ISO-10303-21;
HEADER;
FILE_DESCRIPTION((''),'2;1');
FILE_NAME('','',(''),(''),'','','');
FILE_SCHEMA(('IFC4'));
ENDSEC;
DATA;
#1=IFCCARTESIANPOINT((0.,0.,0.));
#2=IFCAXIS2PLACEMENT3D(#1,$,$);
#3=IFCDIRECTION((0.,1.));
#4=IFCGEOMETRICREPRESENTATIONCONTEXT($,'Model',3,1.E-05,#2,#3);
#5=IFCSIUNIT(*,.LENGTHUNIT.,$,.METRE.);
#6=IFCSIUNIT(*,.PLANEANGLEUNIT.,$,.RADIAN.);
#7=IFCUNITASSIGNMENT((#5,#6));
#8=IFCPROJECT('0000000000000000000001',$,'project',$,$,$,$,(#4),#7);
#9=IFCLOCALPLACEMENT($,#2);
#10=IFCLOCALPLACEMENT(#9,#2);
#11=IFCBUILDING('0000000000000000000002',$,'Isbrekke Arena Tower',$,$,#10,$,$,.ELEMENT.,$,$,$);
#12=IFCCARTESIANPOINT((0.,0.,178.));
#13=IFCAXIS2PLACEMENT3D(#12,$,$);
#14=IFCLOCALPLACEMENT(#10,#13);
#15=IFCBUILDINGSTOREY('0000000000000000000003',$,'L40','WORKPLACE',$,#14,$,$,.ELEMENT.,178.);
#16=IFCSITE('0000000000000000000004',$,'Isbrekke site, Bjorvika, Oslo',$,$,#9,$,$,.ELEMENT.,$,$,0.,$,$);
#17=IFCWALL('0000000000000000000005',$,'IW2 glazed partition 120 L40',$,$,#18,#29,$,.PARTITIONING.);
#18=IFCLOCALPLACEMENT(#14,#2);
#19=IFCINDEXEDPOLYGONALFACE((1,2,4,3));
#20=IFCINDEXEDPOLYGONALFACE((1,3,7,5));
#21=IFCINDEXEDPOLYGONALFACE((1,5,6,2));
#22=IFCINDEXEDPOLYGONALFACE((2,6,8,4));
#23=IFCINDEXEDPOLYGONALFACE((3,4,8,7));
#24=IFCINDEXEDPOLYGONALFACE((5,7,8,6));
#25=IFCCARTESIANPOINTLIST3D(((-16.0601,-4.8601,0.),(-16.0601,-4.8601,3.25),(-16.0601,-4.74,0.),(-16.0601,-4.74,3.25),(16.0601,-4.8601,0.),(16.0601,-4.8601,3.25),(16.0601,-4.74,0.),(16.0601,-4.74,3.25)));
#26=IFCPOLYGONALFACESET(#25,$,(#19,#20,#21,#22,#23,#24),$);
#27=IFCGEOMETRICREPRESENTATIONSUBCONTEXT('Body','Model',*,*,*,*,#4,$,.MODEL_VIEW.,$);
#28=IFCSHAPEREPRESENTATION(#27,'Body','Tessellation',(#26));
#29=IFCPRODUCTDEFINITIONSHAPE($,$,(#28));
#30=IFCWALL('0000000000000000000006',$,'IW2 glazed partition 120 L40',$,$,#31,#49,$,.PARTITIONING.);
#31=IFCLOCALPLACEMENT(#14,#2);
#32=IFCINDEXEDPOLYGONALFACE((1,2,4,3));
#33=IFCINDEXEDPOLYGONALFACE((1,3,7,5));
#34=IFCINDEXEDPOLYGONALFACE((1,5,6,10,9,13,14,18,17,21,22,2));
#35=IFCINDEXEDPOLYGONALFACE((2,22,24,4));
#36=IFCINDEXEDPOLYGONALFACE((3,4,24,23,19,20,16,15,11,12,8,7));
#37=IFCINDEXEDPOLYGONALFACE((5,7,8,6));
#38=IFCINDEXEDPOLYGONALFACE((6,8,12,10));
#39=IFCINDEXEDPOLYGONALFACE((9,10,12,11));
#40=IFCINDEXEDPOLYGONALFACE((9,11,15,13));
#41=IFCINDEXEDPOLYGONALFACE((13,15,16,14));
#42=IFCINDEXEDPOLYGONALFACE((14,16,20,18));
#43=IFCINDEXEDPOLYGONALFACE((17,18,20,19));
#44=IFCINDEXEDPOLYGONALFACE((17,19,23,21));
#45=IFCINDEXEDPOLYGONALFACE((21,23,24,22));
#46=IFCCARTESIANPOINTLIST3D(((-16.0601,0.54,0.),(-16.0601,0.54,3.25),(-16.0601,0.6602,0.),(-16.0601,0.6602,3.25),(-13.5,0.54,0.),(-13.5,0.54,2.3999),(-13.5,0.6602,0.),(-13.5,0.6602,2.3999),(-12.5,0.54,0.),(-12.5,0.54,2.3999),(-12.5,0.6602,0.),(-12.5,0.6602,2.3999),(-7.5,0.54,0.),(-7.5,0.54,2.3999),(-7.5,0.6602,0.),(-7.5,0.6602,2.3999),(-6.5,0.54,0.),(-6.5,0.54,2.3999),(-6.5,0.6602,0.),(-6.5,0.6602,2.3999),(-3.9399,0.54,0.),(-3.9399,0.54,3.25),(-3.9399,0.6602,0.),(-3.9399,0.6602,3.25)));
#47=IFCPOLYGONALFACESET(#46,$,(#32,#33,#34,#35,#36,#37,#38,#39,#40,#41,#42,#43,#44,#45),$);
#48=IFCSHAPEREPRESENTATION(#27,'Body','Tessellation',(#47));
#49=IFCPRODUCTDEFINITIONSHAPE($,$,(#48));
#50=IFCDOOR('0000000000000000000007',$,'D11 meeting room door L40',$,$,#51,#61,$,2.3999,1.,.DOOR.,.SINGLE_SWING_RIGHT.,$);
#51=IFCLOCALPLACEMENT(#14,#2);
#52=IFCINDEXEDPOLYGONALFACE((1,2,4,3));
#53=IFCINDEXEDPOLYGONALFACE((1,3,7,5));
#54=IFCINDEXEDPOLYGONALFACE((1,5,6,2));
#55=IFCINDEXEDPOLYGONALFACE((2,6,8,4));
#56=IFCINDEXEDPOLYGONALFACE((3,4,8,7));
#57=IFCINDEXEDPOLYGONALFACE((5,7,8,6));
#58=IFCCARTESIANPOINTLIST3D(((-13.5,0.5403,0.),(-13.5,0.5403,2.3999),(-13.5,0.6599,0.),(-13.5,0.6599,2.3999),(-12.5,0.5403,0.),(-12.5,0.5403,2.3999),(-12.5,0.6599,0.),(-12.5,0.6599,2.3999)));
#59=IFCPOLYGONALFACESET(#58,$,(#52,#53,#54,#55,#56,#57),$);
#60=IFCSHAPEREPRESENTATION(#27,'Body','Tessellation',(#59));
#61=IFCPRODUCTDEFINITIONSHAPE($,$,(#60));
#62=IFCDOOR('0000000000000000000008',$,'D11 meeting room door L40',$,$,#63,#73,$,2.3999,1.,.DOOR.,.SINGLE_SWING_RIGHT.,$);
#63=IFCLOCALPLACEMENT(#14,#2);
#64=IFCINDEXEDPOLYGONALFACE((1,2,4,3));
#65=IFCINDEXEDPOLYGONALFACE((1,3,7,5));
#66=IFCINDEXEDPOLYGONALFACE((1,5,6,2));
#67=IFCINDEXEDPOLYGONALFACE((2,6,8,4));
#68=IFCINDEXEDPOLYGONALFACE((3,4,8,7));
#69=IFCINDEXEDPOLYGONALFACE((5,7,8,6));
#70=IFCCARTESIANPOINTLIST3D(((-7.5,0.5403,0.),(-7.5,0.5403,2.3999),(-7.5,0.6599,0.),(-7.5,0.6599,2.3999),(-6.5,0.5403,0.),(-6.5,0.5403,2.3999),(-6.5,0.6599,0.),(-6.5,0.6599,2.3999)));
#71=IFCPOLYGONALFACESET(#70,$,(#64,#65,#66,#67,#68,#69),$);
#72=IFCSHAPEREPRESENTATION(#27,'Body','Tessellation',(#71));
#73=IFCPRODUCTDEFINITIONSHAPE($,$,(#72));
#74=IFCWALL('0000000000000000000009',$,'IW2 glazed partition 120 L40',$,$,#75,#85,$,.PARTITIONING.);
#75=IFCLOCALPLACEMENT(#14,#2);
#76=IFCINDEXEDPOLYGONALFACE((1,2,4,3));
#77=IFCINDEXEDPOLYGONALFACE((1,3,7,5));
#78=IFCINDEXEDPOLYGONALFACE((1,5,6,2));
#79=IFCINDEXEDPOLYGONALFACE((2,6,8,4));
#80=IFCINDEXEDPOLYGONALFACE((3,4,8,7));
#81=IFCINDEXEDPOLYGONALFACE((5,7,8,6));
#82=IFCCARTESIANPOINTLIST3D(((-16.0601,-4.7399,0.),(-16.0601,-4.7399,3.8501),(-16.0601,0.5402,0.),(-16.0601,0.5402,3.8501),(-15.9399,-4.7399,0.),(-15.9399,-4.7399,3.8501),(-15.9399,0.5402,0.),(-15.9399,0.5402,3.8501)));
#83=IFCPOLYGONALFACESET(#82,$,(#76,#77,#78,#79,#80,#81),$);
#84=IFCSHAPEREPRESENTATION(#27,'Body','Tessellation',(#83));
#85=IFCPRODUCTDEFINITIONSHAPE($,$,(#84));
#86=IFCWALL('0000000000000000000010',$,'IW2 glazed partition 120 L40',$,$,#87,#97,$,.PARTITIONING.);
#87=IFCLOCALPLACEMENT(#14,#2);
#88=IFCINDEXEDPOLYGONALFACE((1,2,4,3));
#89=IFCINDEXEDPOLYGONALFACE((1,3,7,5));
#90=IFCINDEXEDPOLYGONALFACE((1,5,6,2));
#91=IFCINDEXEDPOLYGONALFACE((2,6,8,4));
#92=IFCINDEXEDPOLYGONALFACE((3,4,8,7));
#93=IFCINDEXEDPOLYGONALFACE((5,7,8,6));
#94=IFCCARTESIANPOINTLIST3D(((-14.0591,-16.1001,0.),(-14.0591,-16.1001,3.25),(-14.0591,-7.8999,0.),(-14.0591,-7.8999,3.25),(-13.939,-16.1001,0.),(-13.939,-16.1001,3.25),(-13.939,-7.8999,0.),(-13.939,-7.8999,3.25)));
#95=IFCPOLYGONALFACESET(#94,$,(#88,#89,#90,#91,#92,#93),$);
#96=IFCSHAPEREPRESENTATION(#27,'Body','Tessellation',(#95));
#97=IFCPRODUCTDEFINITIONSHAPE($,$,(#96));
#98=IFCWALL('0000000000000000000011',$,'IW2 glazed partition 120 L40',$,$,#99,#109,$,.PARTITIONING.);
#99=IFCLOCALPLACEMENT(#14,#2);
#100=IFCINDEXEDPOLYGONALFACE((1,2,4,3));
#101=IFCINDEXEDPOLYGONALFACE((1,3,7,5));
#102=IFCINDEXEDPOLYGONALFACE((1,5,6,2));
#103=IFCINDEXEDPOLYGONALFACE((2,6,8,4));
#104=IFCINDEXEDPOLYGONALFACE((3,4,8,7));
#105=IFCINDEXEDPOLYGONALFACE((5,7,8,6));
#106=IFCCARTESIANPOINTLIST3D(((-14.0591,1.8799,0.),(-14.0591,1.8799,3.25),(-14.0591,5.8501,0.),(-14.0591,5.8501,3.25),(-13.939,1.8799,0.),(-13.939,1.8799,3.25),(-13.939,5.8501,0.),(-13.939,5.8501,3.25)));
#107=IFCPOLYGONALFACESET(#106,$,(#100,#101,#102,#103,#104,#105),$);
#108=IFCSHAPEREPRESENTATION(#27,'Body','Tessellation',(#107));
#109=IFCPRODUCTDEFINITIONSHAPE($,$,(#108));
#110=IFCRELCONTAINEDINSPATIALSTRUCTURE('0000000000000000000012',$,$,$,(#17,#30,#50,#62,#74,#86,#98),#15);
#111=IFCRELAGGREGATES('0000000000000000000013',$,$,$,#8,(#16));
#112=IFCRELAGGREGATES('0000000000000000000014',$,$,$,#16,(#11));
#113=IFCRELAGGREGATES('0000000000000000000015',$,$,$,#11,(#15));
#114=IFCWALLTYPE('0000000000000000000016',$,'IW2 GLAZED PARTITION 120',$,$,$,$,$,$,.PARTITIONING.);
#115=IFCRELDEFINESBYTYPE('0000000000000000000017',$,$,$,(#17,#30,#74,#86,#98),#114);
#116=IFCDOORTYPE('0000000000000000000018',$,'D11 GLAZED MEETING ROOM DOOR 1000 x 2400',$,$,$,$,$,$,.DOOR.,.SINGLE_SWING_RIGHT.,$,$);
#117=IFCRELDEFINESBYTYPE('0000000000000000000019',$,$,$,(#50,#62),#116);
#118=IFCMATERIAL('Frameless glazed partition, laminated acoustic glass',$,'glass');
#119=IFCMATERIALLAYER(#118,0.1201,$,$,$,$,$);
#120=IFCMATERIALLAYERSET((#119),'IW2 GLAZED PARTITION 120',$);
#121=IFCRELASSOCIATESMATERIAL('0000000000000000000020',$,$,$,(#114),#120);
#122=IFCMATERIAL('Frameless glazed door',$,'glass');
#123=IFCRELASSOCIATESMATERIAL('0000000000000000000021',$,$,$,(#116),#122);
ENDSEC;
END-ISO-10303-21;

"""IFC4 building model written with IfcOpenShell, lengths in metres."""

from ifc_helpers import new_model, si_unit, direction, frame, frame_2d, origin, place, context, subcontext, project, spatial, rectangle, extrude, material, layer, layer_set, type_object, element, fill, save


model = new_model("IFC4")

# Units and contexts
model_context = context("Model", 3, precision=1e-05, world=origin(), true_north=direction((0.0, 1.0)))
body_context = subcontext(model_context, "Body", "Model", "MODEL_VIEW")
ifc_project = project(units=[si_unit("LENGTHUNIT", "METRE"), si_unit("PLANEANGLEUNIT", "RADIAN")], contexts=[model_context])

# Site, building, storey
site_placement = place(None, origin())
site = spatial("IfcSite", under=ifc_project, at=site_placement, Name="Isbrekke site, Bjorvika, Oslo", CompositionType="ELEMENT", RefElevation=0.0)
building_placement = place(site_placement, origin())
building = spatial("IfcBuilding", under=site, at=building_placement, Name="Isbrekke Arena Tower", CompositionType="ELEMENT")
storey_placement = place(building_placement, frame((0.0, 0.0, 178.0)))
storey = spatial("IfcBuildingStorey", under=building, at=storey_placement, Name="L40", Description="WORKPLACE", CompositionType="ELEMENT", Elevation=178.0)

# Wall
ifc_material_1 = material(Name="Frameless glazed partition, laminated acoustic glass", Category="glass")
ifc_layer_1 = layer(ifc_material_1, 0.1201)
ifc_layer_set_1 = layer_set([ifc_layer_1], Name="IW2 GLAZED PARTITION 120")
wall_type = type_object("IfcWallType", Name="IW2 GLAZED PARTITION 120", PredefinedType="PARTITIONING", material=ifc_layer_set_1)
wall_1_placement = place(storey_placement, frame((-16.0601, -4.8, 0.0), z_axis=(0.0, 0.0, 1.0), x_axis=(1.0, 0.0, 0.0)))
element("IfcWall", 1, at=wall_1_placement, inside=storey, type_object=wall_type, Name="IW2 glazed partition 120 L40", PredefinedType="PARTITIONING", context=body_context, shape_type="SweptSolid", body=[
    extrude(rectangle(XDim=32.1201, YDim=0.1201, at=frame_2d((16.0601, 0.0))), origin(), (0.0, 0.0, 1.0), 3.25),
])

# Wall, openings, doors
wall_2_placement = place(storey_placement, frame((-16.0601, 0.6001, 0.0), z_axis=(0.0, 0.0, 1.0), x_axis=(1.0, 0.0, 0.0)))
wall_2 = element("IfcWall", 2, at=wall_2_placement, inside=storey, type_object=wall_type, Name="IW2 glazed partition 120 L40", PredefinedType="PARTITIONING", context=body_context, shape_type="SweptSolid", body=[
    extrude(rectangle(XDim=12.1201, YDim=0.1201, at=frame_2d((6.0601, 0.0))), origin(), (0.0, 0.0, 1.0), 3.25),
])
opening_1_placement = place(wall_2_placement, frame((2.5601, 0.0, 0.0)))
opening_1 = element("IfcOpeningElement", 3, at=opening_1_placement, cuts=wall_2, PredefinedType="OPENING", context=body_context, shape_type="SweptSolid", body=[
    extrude(rectangle(XDim=1.0, YDim=2.3999, at=frame_2d((0.5, 1.2))), frame((0.0, 0.075, 0.0), z_axis=(0.0, -1.0, 0.0), x_axis=(1.0, 0.0, 0.0)), (0.0, 0.0, 1.0), 0.1499),
])
opening_2_placement = place(wall_2_placement, frame((8.5601, 0.0, 0.0)))
opening_2 = element("IfcOpeningElement", 4, at=opening_2_placement, cuts=wall_2, PredefinedType="OPENING", context=body_context, shape_type="SweptSolid", body=[
    extrude(rectangle(XDim=1.0, YDim=2.3999, at=frame_2d((0.5, 1.2))), frame((0.0, 0.075, 0.0), z_axis=(0.0, -1.0, 0.0), x_axis=(1.0, 0.0, 0.0)), (0.0, 0.0, 1.0), 0.1499),
])
ifc_material_2 = material(Name="Frameless glazed door", Category="glass")
door_type = type_object("IfcDoorType", Name="D11 GLAZED MEETING ROOM DOOR 1000 x 2400", OperationType="SINGLE_SWING_RIGHT", PredefinedType="DOOR", material=ifc_material_2)
door_1_placement = place(opening_1_placement, origin())
door_1 = element("IfcDoor", 5, at=door_1_placement, inside=storey, type_object=door_type, Name="D11 meeting room door L40", OperationType="SINGLE_SWING_RIGHT", OverallHeight=2.3999, OverallWidth=1.0, PredefinedType="DOOR", context=body_context, shape_type="SweptSolid", body=[
    extrude(rectangle(XDim=1.0, YDim=2.3999, at=frame_2d((0.5, 1.2))), frame((0.0, 0.0598, 0.0), z_axis=(0.0, -1.0, 0.0), x_axis=(1.0, 0.0, 0.0)), (0.0, 0.0, 1.0), 0.1196),
])
fill(opening_1, door_1)
door_2_placement = place(opening_2_placement, origin())
door_2 = element("IfcDoor", 6, at=door_2_placement, inside=storey, type_object=door_type, Name="D11 meeting room door L40", OperationType="SINGLE_SWING_RIGHT", OverallHeight=2.3999, OverallWidth=1.0, PredefinedType="DOOR", context=body_context, shape_type="SweptSolid", body=[
    extrude(rectangle(XDim=1.0, YDim=2.3999, at=frame_2d((0.5, 1.2))), frame((0.0, 0.0598, 0.0), z_axis=(0.0, -1.0, 0.0), x_axis=(1.0, 0.0, 0.0)), (0.0, 0.0, 1.0), 0.1196),
])
fill(opening_2, door_2)

# Walls
wall_3_placement = place(storey_placement, frame((-16.0, -4.74, 0.0), z_axis=(0.0, 0.0, 1.0), x_axis=(0.0, 1.0, 0.0)))
element("IfcWall", 7, at=wall_3_placement, inside=storey, type_object=wall_type, Name="IW2 glazed partition 120 L40", PredefinedType="PARTITIONING", context=body_context, shape_type="SweptSolid", body=[
    extrude(rectangle(XDim=5.28, YDim=0.1201, at=frame_2d((2.6401, 0.0))), origin(), (0.0, 0.0, 1.0), 3.8501),
])
wall_4_placement = place(storey_placement, frame((-13.999, -16.1001, 0.0), z_axis=(0.0, 0.0, 1.0), x_axis=(0.0, 1.0, 0.0)))
element("IfcWall", 8, at=wall_4_placement, inside=storey, type_object=wall_type, Name="IW2 glazed partition 120 L40", PredefinedType="PARTITIONING", context=body_context, shape_type="SweptSolid", body=[
    extrude(rectangle(XDim=8.2002, YDim=0.1201, at=frame_2d((4.1001, 0.0))), origin(), (0.0, 0.0, 1.0), 3.25),
])
wall_5_placement = place(storey_placement, frame((-13.999, 1.8799, 0.0), z_axis=(0.0, 0.0, 1.0), x_axis=(0.0, 1.0, 0.0)))
element("IfcWall", 9, at=wall_5_placement, inside=storey, type_object=wall_type, Name="IW2 glazed partition 120 L40", PredefinedType="PARTITIONING", context=body_context, shape_type="SweptSolid", body=[
    extrude(rectangle(XDim=3.9702, YDim=0.1201, at=frame_2d((1.9851, 0.0))), origin(), (0.0, 0.0, 1.0), 3.25),
])

save(model, "model.ifc")
